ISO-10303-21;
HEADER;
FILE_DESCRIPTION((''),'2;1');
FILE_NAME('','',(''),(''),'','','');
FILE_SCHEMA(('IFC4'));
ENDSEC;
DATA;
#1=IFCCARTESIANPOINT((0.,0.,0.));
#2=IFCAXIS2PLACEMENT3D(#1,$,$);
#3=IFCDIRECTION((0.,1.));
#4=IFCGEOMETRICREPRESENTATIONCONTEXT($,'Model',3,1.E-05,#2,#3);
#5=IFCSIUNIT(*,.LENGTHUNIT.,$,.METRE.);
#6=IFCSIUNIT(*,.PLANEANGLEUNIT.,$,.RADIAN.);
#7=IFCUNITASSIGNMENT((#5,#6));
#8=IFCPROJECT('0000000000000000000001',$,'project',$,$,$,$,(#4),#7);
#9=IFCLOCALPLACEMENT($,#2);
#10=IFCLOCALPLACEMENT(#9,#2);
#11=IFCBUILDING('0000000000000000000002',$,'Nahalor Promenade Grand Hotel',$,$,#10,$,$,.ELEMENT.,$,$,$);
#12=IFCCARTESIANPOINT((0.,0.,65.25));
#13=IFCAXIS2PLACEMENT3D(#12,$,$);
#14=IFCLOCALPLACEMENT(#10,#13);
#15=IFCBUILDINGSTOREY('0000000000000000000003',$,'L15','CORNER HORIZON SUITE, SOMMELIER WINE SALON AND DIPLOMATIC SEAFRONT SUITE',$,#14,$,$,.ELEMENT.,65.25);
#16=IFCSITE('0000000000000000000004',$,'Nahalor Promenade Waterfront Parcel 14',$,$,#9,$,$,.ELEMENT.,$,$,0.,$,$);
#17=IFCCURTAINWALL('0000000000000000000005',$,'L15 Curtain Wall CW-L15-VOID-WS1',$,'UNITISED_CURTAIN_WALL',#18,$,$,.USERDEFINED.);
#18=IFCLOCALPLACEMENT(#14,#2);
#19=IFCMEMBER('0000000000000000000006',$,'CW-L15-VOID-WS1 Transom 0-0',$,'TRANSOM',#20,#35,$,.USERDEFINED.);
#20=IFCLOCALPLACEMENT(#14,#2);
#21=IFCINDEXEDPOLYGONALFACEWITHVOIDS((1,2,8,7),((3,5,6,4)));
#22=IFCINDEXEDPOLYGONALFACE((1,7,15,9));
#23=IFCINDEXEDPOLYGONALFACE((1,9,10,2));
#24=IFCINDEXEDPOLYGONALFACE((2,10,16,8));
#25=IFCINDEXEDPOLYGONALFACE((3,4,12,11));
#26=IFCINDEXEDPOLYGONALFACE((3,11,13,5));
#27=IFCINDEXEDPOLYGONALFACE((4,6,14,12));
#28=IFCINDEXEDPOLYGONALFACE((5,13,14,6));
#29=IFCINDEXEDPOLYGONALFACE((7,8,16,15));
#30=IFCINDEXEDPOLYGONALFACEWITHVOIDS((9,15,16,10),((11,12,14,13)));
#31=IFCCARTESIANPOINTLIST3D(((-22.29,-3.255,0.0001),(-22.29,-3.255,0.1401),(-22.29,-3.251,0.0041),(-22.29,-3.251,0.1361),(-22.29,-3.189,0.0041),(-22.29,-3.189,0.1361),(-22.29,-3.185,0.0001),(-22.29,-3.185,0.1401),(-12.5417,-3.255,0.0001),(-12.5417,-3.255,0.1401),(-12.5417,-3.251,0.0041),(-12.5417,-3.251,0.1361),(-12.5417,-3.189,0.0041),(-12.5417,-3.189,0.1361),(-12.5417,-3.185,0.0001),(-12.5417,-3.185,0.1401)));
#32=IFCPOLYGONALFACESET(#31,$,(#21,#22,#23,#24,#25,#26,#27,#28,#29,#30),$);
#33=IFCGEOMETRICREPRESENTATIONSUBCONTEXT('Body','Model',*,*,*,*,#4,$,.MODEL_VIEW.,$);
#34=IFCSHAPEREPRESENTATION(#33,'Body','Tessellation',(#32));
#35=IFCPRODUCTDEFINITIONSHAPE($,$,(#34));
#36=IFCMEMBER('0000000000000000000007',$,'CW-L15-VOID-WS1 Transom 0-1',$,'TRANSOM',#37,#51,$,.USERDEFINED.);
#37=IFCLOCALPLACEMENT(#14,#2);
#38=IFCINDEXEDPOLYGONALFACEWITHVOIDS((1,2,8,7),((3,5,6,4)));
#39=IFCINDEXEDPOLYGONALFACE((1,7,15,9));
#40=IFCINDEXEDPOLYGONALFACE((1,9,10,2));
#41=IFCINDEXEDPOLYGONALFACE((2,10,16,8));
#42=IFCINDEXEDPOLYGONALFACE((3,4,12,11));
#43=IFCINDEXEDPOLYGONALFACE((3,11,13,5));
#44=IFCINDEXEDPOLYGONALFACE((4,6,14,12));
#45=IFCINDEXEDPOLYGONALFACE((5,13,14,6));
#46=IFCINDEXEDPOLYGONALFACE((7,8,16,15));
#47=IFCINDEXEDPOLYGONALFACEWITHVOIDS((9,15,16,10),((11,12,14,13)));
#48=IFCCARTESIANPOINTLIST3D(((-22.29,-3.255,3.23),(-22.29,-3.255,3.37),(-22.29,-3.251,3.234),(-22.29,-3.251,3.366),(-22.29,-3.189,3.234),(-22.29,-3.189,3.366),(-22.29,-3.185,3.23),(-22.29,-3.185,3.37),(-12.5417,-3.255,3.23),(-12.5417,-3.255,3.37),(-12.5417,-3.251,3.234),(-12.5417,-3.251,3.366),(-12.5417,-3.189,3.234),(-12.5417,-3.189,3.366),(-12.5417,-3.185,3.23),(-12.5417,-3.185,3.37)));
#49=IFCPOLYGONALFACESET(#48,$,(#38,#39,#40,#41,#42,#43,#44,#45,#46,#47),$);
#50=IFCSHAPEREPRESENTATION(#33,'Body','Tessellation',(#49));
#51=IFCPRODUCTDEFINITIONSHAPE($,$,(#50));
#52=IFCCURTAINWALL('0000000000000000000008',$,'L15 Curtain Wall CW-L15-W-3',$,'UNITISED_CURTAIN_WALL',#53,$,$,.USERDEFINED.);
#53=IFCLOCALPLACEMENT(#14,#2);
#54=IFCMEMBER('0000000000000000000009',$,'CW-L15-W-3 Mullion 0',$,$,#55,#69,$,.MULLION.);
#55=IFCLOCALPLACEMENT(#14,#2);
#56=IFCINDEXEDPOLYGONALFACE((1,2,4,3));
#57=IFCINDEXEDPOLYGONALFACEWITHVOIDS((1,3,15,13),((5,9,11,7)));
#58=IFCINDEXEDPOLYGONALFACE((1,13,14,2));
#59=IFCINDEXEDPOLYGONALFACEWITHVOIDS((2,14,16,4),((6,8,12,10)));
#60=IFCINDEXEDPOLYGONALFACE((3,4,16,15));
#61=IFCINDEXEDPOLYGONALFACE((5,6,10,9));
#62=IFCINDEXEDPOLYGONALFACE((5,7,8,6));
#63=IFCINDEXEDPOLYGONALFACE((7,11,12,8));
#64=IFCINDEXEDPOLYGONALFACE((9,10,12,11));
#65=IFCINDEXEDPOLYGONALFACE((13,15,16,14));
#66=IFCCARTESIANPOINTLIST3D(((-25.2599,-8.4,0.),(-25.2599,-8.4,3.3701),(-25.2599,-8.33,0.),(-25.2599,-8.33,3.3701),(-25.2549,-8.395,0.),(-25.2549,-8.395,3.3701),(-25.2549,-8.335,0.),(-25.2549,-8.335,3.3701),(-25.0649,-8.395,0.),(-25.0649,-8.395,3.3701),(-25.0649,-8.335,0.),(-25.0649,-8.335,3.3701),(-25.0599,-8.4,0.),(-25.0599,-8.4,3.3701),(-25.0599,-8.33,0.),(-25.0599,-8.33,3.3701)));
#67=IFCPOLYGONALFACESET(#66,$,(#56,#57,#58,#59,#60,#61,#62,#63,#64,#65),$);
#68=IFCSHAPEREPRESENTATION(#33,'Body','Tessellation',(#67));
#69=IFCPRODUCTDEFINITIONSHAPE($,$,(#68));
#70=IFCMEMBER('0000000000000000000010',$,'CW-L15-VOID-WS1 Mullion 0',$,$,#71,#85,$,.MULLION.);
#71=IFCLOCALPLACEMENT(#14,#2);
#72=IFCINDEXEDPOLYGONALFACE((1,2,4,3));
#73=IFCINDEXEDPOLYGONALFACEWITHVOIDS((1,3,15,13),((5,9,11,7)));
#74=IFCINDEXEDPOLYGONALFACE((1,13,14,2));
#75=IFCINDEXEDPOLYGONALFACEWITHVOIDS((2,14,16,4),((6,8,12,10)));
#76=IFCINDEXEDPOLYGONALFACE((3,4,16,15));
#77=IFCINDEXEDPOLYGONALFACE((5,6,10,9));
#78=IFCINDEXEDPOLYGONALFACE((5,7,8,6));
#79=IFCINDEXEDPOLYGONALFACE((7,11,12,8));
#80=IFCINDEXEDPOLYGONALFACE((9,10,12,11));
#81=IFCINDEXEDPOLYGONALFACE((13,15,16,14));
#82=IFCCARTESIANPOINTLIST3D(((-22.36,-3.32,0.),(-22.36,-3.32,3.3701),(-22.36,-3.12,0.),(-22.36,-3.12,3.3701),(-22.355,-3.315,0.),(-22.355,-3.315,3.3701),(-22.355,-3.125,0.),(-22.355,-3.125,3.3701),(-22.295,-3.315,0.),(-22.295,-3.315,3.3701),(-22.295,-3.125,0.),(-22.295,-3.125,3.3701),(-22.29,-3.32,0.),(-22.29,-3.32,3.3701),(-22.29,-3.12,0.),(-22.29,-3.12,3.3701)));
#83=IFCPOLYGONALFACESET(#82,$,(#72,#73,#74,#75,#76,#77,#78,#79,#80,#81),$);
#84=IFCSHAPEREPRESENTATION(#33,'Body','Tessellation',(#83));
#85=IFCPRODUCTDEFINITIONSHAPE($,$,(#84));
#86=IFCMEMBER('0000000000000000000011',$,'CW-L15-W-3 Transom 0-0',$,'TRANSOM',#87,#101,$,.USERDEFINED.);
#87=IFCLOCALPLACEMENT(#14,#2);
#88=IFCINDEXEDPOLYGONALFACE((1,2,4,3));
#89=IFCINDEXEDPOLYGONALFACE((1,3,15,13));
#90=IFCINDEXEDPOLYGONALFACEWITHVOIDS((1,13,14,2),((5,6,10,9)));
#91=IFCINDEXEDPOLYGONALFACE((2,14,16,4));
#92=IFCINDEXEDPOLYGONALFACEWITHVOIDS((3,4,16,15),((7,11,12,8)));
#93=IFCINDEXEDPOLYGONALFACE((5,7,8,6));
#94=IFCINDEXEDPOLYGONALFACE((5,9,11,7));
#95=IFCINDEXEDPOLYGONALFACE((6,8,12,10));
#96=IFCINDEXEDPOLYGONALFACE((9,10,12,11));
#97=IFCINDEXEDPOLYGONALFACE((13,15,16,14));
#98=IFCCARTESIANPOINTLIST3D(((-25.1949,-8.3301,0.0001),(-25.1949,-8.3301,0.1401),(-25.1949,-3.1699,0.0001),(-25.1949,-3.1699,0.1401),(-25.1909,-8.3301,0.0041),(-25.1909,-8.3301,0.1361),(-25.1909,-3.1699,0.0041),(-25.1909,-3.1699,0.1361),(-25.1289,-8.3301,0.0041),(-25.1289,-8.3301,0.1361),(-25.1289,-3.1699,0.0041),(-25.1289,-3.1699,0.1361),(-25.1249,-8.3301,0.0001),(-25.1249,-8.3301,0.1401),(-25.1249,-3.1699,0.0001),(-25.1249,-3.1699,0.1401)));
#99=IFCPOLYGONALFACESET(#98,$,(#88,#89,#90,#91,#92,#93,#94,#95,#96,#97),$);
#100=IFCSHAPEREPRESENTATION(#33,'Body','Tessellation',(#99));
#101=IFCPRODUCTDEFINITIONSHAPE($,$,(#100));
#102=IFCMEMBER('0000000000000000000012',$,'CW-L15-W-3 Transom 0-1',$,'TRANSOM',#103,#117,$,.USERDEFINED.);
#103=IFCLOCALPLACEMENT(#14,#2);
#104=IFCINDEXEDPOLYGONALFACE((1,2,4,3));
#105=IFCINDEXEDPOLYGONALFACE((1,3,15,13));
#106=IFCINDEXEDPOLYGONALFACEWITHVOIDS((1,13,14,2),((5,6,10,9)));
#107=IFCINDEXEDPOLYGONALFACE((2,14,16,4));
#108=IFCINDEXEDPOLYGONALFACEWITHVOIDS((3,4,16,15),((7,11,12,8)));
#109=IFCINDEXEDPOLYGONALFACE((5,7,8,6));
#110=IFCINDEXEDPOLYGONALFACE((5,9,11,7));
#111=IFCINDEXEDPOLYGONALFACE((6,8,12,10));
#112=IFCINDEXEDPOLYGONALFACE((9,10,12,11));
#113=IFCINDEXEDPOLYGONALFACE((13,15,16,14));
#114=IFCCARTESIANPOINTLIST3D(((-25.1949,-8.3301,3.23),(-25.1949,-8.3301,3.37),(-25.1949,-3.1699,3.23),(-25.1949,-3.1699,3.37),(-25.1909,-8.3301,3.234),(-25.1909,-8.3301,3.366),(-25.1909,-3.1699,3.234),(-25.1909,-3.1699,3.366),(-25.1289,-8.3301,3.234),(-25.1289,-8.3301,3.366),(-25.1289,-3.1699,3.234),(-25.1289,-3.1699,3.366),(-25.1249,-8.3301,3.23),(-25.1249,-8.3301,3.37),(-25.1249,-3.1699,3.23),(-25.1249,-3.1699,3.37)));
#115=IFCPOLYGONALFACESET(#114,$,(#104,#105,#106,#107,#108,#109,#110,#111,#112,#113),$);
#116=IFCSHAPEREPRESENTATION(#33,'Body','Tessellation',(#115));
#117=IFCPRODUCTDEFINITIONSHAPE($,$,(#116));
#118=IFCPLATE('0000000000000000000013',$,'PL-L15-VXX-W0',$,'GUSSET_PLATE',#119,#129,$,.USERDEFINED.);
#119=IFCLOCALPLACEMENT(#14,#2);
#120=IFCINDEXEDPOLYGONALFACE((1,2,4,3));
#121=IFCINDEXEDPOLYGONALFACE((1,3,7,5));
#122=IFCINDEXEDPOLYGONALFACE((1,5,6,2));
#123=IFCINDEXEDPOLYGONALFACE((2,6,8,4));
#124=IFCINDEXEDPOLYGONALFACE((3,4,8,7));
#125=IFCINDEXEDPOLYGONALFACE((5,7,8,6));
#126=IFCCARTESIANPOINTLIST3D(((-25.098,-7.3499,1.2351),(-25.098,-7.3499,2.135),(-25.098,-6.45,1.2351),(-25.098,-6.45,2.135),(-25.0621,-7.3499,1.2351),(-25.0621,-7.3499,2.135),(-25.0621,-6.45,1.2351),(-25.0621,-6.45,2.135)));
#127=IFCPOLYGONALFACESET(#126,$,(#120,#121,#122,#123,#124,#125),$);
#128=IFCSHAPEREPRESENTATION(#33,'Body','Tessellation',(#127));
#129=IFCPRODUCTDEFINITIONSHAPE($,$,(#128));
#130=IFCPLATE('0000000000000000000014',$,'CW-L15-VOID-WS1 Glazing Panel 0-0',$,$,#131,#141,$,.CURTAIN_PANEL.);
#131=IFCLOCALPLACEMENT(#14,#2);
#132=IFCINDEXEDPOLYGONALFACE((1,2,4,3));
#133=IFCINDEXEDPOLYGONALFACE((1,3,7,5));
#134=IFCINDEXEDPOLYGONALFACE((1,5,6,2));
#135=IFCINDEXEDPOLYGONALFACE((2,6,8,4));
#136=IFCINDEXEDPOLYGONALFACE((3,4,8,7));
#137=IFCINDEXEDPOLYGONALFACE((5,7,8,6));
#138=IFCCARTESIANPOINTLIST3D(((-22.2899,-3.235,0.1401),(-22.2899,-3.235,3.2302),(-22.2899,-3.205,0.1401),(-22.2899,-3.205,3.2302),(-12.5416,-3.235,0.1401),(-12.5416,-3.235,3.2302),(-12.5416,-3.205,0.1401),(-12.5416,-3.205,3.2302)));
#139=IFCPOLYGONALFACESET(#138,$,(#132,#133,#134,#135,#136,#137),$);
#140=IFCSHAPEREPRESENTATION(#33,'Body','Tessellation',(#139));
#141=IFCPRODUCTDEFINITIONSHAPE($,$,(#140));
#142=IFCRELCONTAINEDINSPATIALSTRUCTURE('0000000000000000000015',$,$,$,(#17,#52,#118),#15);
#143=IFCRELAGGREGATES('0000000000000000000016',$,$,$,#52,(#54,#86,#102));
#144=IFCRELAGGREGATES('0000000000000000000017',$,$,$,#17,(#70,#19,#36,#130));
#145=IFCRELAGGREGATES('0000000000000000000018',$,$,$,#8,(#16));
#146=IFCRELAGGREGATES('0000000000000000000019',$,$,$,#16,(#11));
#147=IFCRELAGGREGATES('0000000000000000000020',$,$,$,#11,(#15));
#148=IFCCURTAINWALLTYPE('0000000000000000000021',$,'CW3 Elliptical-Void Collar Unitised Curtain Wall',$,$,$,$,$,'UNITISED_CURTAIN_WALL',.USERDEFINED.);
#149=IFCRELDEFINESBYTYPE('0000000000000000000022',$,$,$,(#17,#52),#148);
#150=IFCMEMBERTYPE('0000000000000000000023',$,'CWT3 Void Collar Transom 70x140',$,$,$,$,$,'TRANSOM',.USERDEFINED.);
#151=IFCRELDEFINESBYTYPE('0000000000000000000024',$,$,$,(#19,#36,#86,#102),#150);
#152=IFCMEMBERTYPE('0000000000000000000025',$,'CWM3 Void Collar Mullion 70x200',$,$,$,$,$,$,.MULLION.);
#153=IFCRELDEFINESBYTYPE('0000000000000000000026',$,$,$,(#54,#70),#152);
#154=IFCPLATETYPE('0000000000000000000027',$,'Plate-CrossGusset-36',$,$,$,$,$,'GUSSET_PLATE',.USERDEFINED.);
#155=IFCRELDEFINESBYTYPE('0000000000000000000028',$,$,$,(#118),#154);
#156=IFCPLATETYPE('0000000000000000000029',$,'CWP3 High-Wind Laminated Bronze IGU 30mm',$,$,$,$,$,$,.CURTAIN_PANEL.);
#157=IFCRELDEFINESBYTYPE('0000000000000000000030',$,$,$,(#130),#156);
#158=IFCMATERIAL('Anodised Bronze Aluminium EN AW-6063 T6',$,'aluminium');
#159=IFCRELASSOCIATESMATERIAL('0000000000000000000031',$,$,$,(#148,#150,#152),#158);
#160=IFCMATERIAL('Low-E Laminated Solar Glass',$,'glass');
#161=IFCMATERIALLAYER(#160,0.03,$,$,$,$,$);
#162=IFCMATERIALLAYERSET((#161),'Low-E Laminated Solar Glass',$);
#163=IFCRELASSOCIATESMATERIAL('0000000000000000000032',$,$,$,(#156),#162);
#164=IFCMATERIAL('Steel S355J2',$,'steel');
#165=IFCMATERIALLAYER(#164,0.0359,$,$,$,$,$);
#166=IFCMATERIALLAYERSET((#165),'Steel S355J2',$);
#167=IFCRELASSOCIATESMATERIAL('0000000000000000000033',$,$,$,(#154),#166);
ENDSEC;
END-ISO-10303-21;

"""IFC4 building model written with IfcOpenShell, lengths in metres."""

from ifc_helpers import new_model, si_unit, direction, frame, origin, origin_2d, place, context, subcontext, project, spatial, rectangle, hollow_rectangle, extrude, source, transform, mapped, material, layer, layer_set, material_profile, profile_set, type_object, element, aggregate, save


model = new_model("IFC4")

# Units and contexts
model_context = context("Model", 3, precision=1e-05, world=origin(), true_north=direction((0.0, 1.0)))
body_context = subcontext(model_context, "Body", "Model", "MODEL_VIEW")
ifc_project = project(units=[si_unit("LENGTHUNIT", "METRE"), si_unit("PLANEANGLEUNIT", "RADIAN")], contexts=[model_context])

# Site, building, storey
site_placement = place(None, origin())
site = spatial("IfcSite", under=ifc_project, at=site_placement, Name="Nahalor Promenade Waterfront Parcel 14", CompositionType="ELEMENT", RefElevation=0.0)
building_placement = place(site_placement, origin())
building = spatial("IfcBuilding", under=site, at=building_placement, Name="Nahalor Promenade Grand Hotel", CompositionType="ELEMENT")
storey_placement = place(building_placement, frame((0.0, 0.0, 65.25)))
storey = spatial("IfcBuildingStorey", under=building, at=storey_placement, Name="L15", Description="CORNER HORIZON SUITE, SOMMELIER WINE SALON AND DIPLOMATIC SEAFRONT SUITE", CompositionType="ELEMENT", Elevation=65.25)

# Shared definitions
ifc_material_1 = material(Name="Steel S355J2", Category="steel")

# Curtain wall, members
ifc_material_2 = material(Name="Anodised Bronze Aluminium EN AW-6063 T6", Category="aluminium")
curtain_wall_type = type_object("IfcCurtainWallType", Name="CW3 Elliptical-Void Collar Unitised Curtain Wall", ElementType="UNITISED_CURTAIN_WALL", PredefinedType="USERDEFINED", material=ifc_material_2)
curtain_wall_1_placement = place(storey_placement, origin())
curtain_wall_1 = element("IfcCurtainWall", 1, at=curtain_wall_1_placement, inside=storey, type_object=curtain_wall_type, Name="L15 Curtain Wall CW-L15-VOID-WS1", ObjectType="UNITISED_CURTAIN_WALL", PredefinedType="USERDEFINED")
ifc_material_profile_1 = material_profile(ifc_material_2, hollow_rectangle(XDim=0.07, YDim=0.14, WallThickness=0.004, at=origin_2d()), Name="CWT 70x140x4")
ifc_profile_set_1 = profile_set([ifc_material_profile_1], Name="Anodised Bronze Aluminium EN AW-6063 T6")
member_type_1 = type_object("IfcMemberType", Name="CWT3 Void Collar Transom 70x140", ElementType="TRANSOM", PredefinedType="USERDEFINED", material=ifc_profile_set_1)
shared_shape_1 = source(origin(), body_context, "Body", "SweptSolid", [
    extrude(hollow_rectangle(XDim=0.07, YDim=0.14, WallThickness=0.004, at=origin_2d()), origin(), (0.0, 0.0, 1.0), 9.7483),
])
member_1_placement = place(storey_placement, frame((-22.29, -3.22, 0.0701), z_axis=(1.0, 0.0, 0.0), x_axis=(0.0, 1.0, 0.0)))
member_1 = element("IfcMember", 2, at=member_1_placement, type_object=member_type_1, Name="CW-L15-VOID-WS1 Transom 0-0", ObjectType="TRANSOM", PredefinedType="USERDEFINED", context=body_context, shape_type="MappedRepresentation", body=[
    mapped(shared_shape_1, transform((0.0, 0.0, 0.0), scale=1.0)),
])
member_2_placement = place(storey_placement, frame((-22.29, -3.22, 3.3), z_axis=(1.0, 0.0, 0.0), x_axis=(0.0, 1.0, 0.0)))
member_2 = element("IfcMember", 3, at=member_2_placement, type_object=member_type_1, Name="CW-L15-VOID-WS1 Transom 0-1", ObjectType="TRANSOM", PredefinedType="USERDEFINED", context=body_context, shape_type="MappedRepresentation", body=[
    mapped(shared_shape_1, transform((0.0, 0.0, 0.0), scale=1.0)),
])

# Curtain wall, member
curtain_wall_2_placement = place(storey_placement, origin())
curtain_wall_2 = element("IfcCurtainWall", 4, at=curtain_wall_2_placement, inside=storey, type_object=curtain_wall_type, Name="L15 Curtain Wall CW-L15-W-3", ObjectType="UNITISED_CURTAIN_WALL", PredefinedType="USERDEFINED")
ifc_material_profile_2 = material_profile(ifc_material_2, hollow_rectangle(XDim=0.07, YDim=0.2, WallThickness=0.005, at=origin_2d()), Name="CWM 70x200x5")
ifc_profile_set_2 = profile_set([ifc_material_profile_2], Name="Anodised Bronze Aluminium EN AW-6063 T6")
member_type_2 = type_object("IfcMemberType", Name="CWM3 Void Collar Mullion 70x200", PredefinedType="MULLION", material=ifc_profile_set_2)
shared_shape_2 = source(origin(), body_context, "Body", "SweptSolid", [
    extrude(hollow_rectangle(XDim=0.07, YDim=0.2, WallThickness=0.005, at=origin_2d()), origin(), (0.0, 0.0, 1.0), 3.3701),
])
member_3_placement = place(storey_placement, frame((-25.1599, -8.365, 0.0), z_axis=(0.0, 0.0, 1.0), x_axis=(0.0, 1.0, 0.0)))
member_3 = element("IfcMember", 5, at=member_3_placement, type_object=member_type_2, Name="CW-L15-W-3 Mullion 0", PredefinedType="MULLION", context=body_context, shape_type="MappedRepresentation", body=[
    mapped(shared_shape_2, transform((0.0, 0.0, 0.0), scale=1.0)),
])

# Members
member_4_placement = place(storey_placement, frame((-22.325, -3.22, 0.0), z_axis=(0.0, 0.0, 1.0), x_axis=(1.0, 0.0, 0.0)))
member_4 = element("IfcMember", 6, at=member_4_placement, type_object=member_type_2, Name="CW-L15-VOID-WS1 Mullion 0", PredefinedType="MULLION", context=body_context, shape_type="MappedRepresentation", body=[
    mapped(shared_shape_2, transform((0.0, 0.0, 0.0), scale=1.0)),
])
shared_shape_3 = source(origin(), body_context, "Body", "SweptSolid", [
    extrude(hollow_rectangle(XDim=0.07, YDim=0.14, WallThickness=0.004, at=origin_2d()), origin(), (0.0, 0.0, 1.0), 5.1602),
])
member_5_placement = place(storey_placement, frame((-25.1599, -8.3301, 0.0701), z_axis=(0.0, 1.0, 0.0), x_axis=(-1.0, 0.0, 0.0)))
member_5 = element("IfcMember", 7, at=member_5_placement, type_object=member_type_1, Name="CW-L15-W-3 Transom 0-0", ObjectType="TRANSOM", PredefinedType="USERDEFINED", context=body_context, shape_type="MappedRepresentation", body=[
    mapped(shared_shape_3, transform((0.0, 0.0, 0.0), scale=1.0)),
])
member_6_placement = place(storey_placement, frame((-25.1599, -8.3301, 3.3), z_axis=(0.0, 1.0, 0.0), x_axis=(-1.0, 0.0, 0.0)))
member_6 = element("IfcMember", 8, at=member_6_placement, type_object=member_type_1, Name="CW-L15-W-3 Transom 0-1", ObjectType="TRANSOM", PredefinedType="USERDEFINED", context=body_context, shape_type="MappedRepresentation", body=[
    mapped(shared_shape_3, transform((0.0, 0.0, 0.0), scale=1.0)),
])

# Plates
ifc_material_3 = material(Name="Low-E Laminated Solar Glass", Category="glass")
ifc_layer_1 = layer(ifc_material_3, 0.03)
ifc_layer_set_1 = layer_set([ifc_layer_1], Name="Low-E Laminated Solar Glass")
plate_type_1 = type_object("IfcPlateType", Name="CWP3 High-Wind Laminated Bronze IGU 30mm", PredefinedType="CURTAIN_PANEL", material=ifc_layer_set_1)
aggregate(curtain_wall_2, [member_3, member_5, member_6])
ifc_layer_2 = layer(ifc_material_1, 0.0359)
ifc_layer_set_2 = layer_set([ifc_layer_2], Name="Steel S355J2")
plate_type_2 = type_object("IfcPlateType", Name="Plate-CrossGusset-36", ElementType="GUSSET_PLATE", PredefinedType="USERDEFINED", material=ifc_layer_set_2)
shared_shape_4 = source(origin(), body_context, "Body", "SweptSolid", [
    extrude(rectangle(XDim=0.8999, YDim=0.0359, at=origin_2d()), origin(), (0.0, 0.0, 1.0), 0.8999),
])
plate_1_placement = place(storey_placement, frame((-25.0801, -6.8999, 1.2351), z_axis=(0.0, 0.0, 1.0), x_axis=(0.0, 1.0, 0.0)))
element("IfcPlate", 9, at=plate_1_placement, inside=storey, type_object=plate_type_2, Name="PL-L15-VXX-W0", ObjectType="GUSSET_PLATE", PredefinedType="USERDEFINED", context=body_context, shape_type="MappedRepresentation", body=[
    mapped(shared_shape_4, transform((0.0, 0.0, 0.0), scale=1.0)),
])
shared_shape_5 = source(origin(), body_context, "Body", "SweptSolid", [
    extrude(rectangle(XDim=9.7483, YDim=0.03, at=origin_2d()), origin(), (0.0, 0.0, 1.0), 3.0901),
])
plate_2_placement = place(storey_placement, frame((-17.4158, -3.22, 0.1401), z_axis=(0.0, 0.0, 1.0), x_axis=(1.0, 0.0, 0.0)))
plate_2 = element("IfcPlate", 10, at=plate_2_placement, type_object=plate_type_1, Name="CW-L15-VOID-WS1 Glazing Panel 0-0", PredefinedType="CURTAIN_PANEL", context=body_context, shape_type="MappedRepresentation", body=[
    mapped(shared_shape_5, transform((0.0, 0.0, 0.0), scale=1.0)),
])
aggregate(curtain_wall_1, [member_4, member_1, member_2, plate_2])

save(model, "model.ifc")
